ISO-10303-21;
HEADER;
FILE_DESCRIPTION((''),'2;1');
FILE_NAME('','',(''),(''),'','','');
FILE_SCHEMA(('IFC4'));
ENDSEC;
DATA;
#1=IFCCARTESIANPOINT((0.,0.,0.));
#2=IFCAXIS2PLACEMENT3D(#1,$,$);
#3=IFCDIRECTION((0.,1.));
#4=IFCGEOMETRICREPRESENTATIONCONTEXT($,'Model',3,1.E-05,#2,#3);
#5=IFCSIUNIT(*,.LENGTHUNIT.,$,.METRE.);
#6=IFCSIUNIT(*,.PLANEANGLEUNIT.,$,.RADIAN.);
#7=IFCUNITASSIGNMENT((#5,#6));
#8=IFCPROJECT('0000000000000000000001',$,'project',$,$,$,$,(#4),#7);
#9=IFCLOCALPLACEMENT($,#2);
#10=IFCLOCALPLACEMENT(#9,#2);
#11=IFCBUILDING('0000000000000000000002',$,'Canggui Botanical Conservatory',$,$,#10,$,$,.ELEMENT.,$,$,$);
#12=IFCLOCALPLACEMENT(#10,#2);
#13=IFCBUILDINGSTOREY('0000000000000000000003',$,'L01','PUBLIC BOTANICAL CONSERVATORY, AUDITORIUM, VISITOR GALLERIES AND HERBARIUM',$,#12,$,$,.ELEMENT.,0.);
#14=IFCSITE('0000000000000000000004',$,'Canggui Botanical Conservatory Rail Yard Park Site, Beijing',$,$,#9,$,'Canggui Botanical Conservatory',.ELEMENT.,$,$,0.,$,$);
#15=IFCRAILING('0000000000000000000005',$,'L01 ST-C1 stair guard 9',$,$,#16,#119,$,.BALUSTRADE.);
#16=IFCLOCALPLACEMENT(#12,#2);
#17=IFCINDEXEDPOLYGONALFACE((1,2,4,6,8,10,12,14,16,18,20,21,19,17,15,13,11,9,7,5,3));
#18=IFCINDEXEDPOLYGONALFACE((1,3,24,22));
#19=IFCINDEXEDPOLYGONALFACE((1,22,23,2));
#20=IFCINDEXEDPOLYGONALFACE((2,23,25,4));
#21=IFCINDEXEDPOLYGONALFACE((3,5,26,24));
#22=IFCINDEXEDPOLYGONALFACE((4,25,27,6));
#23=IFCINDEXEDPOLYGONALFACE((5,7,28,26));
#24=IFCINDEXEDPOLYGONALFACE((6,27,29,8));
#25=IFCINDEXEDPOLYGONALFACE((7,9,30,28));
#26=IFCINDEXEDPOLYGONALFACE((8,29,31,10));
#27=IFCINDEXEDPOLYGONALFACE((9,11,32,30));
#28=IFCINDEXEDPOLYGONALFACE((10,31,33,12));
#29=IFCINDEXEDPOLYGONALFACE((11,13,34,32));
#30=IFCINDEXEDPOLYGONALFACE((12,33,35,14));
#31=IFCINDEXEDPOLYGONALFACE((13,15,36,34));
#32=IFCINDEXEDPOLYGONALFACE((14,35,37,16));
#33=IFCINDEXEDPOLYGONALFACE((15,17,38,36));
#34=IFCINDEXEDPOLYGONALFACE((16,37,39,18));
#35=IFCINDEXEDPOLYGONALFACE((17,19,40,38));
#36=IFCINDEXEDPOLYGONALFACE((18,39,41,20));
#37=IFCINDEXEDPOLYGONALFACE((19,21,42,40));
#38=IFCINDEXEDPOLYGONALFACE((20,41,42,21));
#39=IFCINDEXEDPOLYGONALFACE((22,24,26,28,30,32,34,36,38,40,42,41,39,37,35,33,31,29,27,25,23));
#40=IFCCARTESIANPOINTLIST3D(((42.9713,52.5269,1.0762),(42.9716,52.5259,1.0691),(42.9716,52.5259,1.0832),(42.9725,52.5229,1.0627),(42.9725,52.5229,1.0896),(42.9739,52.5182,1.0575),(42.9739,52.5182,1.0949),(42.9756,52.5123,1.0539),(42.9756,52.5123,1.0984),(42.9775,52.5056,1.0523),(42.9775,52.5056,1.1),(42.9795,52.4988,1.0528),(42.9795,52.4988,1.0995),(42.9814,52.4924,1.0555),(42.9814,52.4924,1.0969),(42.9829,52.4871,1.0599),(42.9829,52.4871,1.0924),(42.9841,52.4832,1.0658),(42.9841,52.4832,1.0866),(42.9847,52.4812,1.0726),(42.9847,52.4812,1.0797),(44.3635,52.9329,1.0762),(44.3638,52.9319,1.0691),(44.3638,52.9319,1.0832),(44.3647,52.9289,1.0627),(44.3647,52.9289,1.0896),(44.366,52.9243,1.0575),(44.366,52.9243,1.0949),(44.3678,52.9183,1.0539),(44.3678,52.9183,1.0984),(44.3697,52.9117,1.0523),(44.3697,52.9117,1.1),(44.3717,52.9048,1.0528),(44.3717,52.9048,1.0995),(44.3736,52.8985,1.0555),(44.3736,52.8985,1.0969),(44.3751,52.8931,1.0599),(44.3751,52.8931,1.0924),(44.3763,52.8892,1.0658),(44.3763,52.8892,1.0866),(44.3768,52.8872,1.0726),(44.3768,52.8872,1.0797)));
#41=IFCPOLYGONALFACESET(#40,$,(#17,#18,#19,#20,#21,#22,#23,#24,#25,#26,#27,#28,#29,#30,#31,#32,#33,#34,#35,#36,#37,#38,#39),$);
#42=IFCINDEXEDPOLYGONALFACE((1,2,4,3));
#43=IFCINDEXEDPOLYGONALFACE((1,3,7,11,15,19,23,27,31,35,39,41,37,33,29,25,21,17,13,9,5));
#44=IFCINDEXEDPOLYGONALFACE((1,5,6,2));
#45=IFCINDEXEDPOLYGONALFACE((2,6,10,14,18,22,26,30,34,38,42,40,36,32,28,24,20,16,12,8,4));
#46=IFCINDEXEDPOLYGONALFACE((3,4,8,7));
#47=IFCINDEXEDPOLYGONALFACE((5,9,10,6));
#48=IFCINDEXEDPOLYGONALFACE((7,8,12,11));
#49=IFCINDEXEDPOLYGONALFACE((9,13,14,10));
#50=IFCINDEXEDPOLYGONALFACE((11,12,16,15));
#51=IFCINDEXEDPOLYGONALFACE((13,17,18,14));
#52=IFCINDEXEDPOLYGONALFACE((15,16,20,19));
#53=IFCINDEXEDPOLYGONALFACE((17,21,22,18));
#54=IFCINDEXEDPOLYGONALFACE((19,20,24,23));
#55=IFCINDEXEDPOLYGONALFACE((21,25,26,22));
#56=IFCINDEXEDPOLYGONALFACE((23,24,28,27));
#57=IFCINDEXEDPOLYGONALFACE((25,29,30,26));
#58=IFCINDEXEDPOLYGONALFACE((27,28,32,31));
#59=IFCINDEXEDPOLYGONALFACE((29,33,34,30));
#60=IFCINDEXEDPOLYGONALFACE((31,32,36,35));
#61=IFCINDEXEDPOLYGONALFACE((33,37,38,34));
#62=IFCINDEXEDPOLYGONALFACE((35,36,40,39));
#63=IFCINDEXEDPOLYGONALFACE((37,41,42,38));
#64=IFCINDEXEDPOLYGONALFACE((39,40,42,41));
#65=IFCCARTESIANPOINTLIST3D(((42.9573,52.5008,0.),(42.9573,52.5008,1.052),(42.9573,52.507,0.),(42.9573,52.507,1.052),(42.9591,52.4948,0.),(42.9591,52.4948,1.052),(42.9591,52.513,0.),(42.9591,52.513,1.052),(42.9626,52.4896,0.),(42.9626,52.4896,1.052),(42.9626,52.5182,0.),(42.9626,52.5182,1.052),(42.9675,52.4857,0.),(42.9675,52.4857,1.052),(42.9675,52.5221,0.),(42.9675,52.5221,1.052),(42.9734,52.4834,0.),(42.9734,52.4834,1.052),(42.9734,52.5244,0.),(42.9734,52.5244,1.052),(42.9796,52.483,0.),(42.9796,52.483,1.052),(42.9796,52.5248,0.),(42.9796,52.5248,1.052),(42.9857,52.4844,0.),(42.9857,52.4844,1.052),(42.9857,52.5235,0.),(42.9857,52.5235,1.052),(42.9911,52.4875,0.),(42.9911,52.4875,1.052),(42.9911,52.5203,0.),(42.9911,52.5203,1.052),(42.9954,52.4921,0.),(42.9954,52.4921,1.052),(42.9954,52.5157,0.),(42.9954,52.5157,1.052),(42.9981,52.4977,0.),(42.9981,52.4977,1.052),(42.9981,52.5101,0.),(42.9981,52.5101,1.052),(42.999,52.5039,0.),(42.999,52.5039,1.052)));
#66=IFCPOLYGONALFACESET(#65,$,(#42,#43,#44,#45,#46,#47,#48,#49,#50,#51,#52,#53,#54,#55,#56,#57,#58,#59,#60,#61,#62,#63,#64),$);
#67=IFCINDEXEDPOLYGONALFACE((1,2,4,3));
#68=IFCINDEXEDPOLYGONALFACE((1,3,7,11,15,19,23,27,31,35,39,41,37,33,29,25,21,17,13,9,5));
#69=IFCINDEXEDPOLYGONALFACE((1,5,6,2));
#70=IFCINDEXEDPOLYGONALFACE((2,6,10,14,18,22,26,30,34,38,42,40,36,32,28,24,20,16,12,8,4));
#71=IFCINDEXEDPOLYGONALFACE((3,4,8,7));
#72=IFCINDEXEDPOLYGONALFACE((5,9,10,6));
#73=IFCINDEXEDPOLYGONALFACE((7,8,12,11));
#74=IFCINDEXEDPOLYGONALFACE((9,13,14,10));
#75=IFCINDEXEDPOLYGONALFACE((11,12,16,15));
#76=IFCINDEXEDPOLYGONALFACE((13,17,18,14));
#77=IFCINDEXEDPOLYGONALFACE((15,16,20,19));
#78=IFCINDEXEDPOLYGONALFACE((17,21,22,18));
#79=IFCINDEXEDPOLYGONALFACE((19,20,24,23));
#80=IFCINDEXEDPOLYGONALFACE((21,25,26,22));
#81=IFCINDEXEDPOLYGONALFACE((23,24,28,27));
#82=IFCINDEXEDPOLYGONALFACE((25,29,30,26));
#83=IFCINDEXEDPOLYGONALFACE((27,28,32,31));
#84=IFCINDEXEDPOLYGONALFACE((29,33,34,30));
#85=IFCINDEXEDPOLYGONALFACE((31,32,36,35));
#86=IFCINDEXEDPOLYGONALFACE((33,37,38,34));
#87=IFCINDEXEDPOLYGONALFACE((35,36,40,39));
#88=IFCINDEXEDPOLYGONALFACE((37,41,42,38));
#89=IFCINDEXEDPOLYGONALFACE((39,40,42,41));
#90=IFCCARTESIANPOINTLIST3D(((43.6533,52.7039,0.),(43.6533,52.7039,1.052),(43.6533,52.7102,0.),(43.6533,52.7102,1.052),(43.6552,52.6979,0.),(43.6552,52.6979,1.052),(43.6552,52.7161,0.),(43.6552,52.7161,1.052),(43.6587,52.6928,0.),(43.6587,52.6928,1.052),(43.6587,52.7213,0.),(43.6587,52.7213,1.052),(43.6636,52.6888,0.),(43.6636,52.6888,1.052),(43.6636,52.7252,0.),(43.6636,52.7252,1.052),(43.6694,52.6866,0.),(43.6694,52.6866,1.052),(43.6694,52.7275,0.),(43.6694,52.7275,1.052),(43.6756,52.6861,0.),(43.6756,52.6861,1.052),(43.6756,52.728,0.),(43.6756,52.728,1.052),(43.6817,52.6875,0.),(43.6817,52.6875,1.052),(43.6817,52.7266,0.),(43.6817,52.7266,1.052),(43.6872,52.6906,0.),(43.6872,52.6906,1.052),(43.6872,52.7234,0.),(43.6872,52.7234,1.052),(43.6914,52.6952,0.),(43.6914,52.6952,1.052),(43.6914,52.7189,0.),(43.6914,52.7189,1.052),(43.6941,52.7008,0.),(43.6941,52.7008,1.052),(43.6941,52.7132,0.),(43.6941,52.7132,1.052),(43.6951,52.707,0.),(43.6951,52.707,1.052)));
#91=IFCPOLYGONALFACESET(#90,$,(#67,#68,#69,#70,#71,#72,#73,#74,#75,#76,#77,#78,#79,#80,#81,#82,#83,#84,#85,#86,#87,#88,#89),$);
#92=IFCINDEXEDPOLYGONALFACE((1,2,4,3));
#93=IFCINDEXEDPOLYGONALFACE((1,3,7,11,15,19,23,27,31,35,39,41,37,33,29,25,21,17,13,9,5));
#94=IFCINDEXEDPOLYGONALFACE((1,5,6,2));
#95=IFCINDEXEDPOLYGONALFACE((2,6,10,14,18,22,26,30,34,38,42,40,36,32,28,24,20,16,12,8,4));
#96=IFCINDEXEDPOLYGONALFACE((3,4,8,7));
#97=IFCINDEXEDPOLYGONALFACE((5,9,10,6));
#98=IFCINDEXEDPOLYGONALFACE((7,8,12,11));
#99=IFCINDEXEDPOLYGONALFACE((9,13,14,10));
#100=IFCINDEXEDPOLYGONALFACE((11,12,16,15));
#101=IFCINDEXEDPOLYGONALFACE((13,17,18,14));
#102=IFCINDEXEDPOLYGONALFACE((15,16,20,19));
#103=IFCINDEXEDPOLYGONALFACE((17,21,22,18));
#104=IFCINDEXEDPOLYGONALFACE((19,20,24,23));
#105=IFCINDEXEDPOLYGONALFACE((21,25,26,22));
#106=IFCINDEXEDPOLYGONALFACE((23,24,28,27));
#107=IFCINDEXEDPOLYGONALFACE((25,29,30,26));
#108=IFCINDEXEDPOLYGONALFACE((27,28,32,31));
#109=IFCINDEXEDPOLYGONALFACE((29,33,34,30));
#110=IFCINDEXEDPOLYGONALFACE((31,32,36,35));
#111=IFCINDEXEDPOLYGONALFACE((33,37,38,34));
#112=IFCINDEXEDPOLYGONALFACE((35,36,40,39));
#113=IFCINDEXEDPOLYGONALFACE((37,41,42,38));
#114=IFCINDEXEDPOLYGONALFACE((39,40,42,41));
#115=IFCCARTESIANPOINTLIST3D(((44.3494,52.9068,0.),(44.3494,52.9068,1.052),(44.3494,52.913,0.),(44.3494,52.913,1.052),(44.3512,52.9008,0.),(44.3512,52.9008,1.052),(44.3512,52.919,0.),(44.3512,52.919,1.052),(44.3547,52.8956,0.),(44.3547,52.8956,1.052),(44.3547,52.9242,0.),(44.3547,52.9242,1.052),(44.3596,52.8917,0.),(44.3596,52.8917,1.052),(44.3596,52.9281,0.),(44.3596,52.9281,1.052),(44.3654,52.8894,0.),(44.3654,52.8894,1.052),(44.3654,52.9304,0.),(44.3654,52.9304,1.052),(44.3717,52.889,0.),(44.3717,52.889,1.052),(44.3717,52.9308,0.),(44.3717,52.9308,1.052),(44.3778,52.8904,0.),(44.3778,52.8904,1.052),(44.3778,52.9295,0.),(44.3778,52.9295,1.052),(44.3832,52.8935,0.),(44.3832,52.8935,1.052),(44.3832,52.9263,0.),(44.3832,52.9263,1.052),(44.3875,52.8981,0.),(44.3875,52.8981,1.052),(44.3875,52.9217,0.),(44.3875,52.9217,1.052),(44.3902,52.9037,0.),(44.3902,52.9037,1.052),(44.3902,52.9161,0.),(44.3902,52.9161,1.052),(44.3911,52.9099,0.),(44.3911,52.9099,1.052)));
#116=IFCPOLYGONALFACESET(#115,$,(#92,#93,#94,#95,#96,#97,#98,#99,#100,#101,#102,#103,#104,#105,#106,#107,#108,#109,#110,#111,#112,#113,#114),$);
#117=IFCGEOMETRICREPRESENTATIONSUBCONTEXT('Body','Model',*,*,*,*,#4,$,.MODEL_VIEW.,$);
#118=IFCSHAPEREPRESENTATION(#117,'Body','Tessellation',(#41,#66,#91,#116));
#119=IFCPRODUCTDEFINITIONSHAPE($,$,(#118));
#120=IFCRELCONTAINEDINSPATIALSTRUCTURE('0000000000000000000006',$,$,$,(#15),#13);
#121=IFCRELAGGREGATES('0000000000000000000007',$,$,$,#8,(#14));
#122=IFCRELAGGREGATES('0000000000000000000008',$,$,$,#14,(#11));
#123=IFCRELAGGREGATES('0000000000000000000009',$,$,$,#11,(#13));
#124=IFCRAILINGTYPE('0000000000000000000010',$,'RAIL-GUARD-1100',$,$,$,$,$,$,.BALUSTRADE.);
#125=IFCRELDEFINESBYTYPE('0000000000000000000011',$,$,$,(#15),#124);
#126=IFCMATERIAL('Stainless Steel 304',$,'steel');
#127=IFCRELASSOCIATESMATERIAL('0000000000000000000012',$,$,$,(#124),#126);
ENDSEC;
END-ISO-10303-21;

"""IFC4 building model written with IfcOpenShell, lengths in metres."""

from ifc_helpers import new_model, si_unit, direction, frame, origin, origin_2d, place, context, subcontext, project, spatial, circle, extrude, material, type_object, element, save


model = new_model("IFC4")

# Units and contexts
model_context = context("Model", 3, precision=1e-05, world=origin(), true_north=direction((0.0, 1.0)))
body_context = subcontext(model_context, "Body", "Model", "MODEL_VIEW")
ifc_project = project(units=[si_unit("LENGTHUNIT", "METRE"), si_unit("PLANEANGLEUNIT", "RADIAN")], contexts=[model_context])

# Site, building, storey
site_placement = place(None, origin())
site = spatial("IfcSite", under=ifc_project, at=site_placement, Name="Canggui Botanical Conservatory Rail Yard Park Site, Beijing", LongName="Canggui Botanical Conservatory", CompositionType="ELEMENT", RefElevation=0.0)
building_placement = place(site_placement, origin())
building = spatial("IfcBuilding", under=site, at=building_placement, Name="Canggui Botanical Conservatory", CompositionType="ELEMENT")
storey_placement = place(building_placement, origin())
storey = spatial("IfcBuildingStorey", under=building, at=storey_placement, Name="L01", Description="PUBLIC BOTANICAL CONSERVATORY, AUDITORIUM, VISITOR GALLERIES AND HERBARIUM", CompositionType="ELEMENT", Elevation=0.0)

# Railing
ifc_material_1 = material(Name="Stainless Steel 304", Category="steel")
railing_type = type_object("IfcRailingType", Name="RAIL-GUARD-1100", PredefinedType="BALUSTRADE", material=ifc_material_1)
railing_1_placement = place(storey_placement, frame((42.978, 52.5039, 0.0)))
element("IfcRailing", 1, at=railing_1_placement, inside=storey, type_object=railing_type, Name="L01 ST-C1 stair guard 9", PredefinedType="BALUSTRADE", context=body_context, shape_type="SweptSolid", body=[
    extrude(circle(Radius=0.0239, at=origin_2d()), frame((0.0, 0.0, 1.0762), z_axis=(0.960004, 0.279987, 0.0), x_axis=(-0.279987, 0.960004, 0.0)), (0.0, 0.0, 1.0), 1.4502),
    extrude(circle(Radius=0.021, at=origin_2d()), origin(), (0.0, 0.0, 1.0), 1.052),
    extrude(circle(Radius=0.021, at=origin_2d()), frame((0.696, 0.2031, 0.0)), (0.0, 0.0, 1.0), 1.052),
    extrude(circle(Radius=0.021, at=origin_2d()), frame((1.3921, 0.406, 0.0)), (0.0, 0.0, 1.0), 1.052),
])

save(model, "model.ifc")
